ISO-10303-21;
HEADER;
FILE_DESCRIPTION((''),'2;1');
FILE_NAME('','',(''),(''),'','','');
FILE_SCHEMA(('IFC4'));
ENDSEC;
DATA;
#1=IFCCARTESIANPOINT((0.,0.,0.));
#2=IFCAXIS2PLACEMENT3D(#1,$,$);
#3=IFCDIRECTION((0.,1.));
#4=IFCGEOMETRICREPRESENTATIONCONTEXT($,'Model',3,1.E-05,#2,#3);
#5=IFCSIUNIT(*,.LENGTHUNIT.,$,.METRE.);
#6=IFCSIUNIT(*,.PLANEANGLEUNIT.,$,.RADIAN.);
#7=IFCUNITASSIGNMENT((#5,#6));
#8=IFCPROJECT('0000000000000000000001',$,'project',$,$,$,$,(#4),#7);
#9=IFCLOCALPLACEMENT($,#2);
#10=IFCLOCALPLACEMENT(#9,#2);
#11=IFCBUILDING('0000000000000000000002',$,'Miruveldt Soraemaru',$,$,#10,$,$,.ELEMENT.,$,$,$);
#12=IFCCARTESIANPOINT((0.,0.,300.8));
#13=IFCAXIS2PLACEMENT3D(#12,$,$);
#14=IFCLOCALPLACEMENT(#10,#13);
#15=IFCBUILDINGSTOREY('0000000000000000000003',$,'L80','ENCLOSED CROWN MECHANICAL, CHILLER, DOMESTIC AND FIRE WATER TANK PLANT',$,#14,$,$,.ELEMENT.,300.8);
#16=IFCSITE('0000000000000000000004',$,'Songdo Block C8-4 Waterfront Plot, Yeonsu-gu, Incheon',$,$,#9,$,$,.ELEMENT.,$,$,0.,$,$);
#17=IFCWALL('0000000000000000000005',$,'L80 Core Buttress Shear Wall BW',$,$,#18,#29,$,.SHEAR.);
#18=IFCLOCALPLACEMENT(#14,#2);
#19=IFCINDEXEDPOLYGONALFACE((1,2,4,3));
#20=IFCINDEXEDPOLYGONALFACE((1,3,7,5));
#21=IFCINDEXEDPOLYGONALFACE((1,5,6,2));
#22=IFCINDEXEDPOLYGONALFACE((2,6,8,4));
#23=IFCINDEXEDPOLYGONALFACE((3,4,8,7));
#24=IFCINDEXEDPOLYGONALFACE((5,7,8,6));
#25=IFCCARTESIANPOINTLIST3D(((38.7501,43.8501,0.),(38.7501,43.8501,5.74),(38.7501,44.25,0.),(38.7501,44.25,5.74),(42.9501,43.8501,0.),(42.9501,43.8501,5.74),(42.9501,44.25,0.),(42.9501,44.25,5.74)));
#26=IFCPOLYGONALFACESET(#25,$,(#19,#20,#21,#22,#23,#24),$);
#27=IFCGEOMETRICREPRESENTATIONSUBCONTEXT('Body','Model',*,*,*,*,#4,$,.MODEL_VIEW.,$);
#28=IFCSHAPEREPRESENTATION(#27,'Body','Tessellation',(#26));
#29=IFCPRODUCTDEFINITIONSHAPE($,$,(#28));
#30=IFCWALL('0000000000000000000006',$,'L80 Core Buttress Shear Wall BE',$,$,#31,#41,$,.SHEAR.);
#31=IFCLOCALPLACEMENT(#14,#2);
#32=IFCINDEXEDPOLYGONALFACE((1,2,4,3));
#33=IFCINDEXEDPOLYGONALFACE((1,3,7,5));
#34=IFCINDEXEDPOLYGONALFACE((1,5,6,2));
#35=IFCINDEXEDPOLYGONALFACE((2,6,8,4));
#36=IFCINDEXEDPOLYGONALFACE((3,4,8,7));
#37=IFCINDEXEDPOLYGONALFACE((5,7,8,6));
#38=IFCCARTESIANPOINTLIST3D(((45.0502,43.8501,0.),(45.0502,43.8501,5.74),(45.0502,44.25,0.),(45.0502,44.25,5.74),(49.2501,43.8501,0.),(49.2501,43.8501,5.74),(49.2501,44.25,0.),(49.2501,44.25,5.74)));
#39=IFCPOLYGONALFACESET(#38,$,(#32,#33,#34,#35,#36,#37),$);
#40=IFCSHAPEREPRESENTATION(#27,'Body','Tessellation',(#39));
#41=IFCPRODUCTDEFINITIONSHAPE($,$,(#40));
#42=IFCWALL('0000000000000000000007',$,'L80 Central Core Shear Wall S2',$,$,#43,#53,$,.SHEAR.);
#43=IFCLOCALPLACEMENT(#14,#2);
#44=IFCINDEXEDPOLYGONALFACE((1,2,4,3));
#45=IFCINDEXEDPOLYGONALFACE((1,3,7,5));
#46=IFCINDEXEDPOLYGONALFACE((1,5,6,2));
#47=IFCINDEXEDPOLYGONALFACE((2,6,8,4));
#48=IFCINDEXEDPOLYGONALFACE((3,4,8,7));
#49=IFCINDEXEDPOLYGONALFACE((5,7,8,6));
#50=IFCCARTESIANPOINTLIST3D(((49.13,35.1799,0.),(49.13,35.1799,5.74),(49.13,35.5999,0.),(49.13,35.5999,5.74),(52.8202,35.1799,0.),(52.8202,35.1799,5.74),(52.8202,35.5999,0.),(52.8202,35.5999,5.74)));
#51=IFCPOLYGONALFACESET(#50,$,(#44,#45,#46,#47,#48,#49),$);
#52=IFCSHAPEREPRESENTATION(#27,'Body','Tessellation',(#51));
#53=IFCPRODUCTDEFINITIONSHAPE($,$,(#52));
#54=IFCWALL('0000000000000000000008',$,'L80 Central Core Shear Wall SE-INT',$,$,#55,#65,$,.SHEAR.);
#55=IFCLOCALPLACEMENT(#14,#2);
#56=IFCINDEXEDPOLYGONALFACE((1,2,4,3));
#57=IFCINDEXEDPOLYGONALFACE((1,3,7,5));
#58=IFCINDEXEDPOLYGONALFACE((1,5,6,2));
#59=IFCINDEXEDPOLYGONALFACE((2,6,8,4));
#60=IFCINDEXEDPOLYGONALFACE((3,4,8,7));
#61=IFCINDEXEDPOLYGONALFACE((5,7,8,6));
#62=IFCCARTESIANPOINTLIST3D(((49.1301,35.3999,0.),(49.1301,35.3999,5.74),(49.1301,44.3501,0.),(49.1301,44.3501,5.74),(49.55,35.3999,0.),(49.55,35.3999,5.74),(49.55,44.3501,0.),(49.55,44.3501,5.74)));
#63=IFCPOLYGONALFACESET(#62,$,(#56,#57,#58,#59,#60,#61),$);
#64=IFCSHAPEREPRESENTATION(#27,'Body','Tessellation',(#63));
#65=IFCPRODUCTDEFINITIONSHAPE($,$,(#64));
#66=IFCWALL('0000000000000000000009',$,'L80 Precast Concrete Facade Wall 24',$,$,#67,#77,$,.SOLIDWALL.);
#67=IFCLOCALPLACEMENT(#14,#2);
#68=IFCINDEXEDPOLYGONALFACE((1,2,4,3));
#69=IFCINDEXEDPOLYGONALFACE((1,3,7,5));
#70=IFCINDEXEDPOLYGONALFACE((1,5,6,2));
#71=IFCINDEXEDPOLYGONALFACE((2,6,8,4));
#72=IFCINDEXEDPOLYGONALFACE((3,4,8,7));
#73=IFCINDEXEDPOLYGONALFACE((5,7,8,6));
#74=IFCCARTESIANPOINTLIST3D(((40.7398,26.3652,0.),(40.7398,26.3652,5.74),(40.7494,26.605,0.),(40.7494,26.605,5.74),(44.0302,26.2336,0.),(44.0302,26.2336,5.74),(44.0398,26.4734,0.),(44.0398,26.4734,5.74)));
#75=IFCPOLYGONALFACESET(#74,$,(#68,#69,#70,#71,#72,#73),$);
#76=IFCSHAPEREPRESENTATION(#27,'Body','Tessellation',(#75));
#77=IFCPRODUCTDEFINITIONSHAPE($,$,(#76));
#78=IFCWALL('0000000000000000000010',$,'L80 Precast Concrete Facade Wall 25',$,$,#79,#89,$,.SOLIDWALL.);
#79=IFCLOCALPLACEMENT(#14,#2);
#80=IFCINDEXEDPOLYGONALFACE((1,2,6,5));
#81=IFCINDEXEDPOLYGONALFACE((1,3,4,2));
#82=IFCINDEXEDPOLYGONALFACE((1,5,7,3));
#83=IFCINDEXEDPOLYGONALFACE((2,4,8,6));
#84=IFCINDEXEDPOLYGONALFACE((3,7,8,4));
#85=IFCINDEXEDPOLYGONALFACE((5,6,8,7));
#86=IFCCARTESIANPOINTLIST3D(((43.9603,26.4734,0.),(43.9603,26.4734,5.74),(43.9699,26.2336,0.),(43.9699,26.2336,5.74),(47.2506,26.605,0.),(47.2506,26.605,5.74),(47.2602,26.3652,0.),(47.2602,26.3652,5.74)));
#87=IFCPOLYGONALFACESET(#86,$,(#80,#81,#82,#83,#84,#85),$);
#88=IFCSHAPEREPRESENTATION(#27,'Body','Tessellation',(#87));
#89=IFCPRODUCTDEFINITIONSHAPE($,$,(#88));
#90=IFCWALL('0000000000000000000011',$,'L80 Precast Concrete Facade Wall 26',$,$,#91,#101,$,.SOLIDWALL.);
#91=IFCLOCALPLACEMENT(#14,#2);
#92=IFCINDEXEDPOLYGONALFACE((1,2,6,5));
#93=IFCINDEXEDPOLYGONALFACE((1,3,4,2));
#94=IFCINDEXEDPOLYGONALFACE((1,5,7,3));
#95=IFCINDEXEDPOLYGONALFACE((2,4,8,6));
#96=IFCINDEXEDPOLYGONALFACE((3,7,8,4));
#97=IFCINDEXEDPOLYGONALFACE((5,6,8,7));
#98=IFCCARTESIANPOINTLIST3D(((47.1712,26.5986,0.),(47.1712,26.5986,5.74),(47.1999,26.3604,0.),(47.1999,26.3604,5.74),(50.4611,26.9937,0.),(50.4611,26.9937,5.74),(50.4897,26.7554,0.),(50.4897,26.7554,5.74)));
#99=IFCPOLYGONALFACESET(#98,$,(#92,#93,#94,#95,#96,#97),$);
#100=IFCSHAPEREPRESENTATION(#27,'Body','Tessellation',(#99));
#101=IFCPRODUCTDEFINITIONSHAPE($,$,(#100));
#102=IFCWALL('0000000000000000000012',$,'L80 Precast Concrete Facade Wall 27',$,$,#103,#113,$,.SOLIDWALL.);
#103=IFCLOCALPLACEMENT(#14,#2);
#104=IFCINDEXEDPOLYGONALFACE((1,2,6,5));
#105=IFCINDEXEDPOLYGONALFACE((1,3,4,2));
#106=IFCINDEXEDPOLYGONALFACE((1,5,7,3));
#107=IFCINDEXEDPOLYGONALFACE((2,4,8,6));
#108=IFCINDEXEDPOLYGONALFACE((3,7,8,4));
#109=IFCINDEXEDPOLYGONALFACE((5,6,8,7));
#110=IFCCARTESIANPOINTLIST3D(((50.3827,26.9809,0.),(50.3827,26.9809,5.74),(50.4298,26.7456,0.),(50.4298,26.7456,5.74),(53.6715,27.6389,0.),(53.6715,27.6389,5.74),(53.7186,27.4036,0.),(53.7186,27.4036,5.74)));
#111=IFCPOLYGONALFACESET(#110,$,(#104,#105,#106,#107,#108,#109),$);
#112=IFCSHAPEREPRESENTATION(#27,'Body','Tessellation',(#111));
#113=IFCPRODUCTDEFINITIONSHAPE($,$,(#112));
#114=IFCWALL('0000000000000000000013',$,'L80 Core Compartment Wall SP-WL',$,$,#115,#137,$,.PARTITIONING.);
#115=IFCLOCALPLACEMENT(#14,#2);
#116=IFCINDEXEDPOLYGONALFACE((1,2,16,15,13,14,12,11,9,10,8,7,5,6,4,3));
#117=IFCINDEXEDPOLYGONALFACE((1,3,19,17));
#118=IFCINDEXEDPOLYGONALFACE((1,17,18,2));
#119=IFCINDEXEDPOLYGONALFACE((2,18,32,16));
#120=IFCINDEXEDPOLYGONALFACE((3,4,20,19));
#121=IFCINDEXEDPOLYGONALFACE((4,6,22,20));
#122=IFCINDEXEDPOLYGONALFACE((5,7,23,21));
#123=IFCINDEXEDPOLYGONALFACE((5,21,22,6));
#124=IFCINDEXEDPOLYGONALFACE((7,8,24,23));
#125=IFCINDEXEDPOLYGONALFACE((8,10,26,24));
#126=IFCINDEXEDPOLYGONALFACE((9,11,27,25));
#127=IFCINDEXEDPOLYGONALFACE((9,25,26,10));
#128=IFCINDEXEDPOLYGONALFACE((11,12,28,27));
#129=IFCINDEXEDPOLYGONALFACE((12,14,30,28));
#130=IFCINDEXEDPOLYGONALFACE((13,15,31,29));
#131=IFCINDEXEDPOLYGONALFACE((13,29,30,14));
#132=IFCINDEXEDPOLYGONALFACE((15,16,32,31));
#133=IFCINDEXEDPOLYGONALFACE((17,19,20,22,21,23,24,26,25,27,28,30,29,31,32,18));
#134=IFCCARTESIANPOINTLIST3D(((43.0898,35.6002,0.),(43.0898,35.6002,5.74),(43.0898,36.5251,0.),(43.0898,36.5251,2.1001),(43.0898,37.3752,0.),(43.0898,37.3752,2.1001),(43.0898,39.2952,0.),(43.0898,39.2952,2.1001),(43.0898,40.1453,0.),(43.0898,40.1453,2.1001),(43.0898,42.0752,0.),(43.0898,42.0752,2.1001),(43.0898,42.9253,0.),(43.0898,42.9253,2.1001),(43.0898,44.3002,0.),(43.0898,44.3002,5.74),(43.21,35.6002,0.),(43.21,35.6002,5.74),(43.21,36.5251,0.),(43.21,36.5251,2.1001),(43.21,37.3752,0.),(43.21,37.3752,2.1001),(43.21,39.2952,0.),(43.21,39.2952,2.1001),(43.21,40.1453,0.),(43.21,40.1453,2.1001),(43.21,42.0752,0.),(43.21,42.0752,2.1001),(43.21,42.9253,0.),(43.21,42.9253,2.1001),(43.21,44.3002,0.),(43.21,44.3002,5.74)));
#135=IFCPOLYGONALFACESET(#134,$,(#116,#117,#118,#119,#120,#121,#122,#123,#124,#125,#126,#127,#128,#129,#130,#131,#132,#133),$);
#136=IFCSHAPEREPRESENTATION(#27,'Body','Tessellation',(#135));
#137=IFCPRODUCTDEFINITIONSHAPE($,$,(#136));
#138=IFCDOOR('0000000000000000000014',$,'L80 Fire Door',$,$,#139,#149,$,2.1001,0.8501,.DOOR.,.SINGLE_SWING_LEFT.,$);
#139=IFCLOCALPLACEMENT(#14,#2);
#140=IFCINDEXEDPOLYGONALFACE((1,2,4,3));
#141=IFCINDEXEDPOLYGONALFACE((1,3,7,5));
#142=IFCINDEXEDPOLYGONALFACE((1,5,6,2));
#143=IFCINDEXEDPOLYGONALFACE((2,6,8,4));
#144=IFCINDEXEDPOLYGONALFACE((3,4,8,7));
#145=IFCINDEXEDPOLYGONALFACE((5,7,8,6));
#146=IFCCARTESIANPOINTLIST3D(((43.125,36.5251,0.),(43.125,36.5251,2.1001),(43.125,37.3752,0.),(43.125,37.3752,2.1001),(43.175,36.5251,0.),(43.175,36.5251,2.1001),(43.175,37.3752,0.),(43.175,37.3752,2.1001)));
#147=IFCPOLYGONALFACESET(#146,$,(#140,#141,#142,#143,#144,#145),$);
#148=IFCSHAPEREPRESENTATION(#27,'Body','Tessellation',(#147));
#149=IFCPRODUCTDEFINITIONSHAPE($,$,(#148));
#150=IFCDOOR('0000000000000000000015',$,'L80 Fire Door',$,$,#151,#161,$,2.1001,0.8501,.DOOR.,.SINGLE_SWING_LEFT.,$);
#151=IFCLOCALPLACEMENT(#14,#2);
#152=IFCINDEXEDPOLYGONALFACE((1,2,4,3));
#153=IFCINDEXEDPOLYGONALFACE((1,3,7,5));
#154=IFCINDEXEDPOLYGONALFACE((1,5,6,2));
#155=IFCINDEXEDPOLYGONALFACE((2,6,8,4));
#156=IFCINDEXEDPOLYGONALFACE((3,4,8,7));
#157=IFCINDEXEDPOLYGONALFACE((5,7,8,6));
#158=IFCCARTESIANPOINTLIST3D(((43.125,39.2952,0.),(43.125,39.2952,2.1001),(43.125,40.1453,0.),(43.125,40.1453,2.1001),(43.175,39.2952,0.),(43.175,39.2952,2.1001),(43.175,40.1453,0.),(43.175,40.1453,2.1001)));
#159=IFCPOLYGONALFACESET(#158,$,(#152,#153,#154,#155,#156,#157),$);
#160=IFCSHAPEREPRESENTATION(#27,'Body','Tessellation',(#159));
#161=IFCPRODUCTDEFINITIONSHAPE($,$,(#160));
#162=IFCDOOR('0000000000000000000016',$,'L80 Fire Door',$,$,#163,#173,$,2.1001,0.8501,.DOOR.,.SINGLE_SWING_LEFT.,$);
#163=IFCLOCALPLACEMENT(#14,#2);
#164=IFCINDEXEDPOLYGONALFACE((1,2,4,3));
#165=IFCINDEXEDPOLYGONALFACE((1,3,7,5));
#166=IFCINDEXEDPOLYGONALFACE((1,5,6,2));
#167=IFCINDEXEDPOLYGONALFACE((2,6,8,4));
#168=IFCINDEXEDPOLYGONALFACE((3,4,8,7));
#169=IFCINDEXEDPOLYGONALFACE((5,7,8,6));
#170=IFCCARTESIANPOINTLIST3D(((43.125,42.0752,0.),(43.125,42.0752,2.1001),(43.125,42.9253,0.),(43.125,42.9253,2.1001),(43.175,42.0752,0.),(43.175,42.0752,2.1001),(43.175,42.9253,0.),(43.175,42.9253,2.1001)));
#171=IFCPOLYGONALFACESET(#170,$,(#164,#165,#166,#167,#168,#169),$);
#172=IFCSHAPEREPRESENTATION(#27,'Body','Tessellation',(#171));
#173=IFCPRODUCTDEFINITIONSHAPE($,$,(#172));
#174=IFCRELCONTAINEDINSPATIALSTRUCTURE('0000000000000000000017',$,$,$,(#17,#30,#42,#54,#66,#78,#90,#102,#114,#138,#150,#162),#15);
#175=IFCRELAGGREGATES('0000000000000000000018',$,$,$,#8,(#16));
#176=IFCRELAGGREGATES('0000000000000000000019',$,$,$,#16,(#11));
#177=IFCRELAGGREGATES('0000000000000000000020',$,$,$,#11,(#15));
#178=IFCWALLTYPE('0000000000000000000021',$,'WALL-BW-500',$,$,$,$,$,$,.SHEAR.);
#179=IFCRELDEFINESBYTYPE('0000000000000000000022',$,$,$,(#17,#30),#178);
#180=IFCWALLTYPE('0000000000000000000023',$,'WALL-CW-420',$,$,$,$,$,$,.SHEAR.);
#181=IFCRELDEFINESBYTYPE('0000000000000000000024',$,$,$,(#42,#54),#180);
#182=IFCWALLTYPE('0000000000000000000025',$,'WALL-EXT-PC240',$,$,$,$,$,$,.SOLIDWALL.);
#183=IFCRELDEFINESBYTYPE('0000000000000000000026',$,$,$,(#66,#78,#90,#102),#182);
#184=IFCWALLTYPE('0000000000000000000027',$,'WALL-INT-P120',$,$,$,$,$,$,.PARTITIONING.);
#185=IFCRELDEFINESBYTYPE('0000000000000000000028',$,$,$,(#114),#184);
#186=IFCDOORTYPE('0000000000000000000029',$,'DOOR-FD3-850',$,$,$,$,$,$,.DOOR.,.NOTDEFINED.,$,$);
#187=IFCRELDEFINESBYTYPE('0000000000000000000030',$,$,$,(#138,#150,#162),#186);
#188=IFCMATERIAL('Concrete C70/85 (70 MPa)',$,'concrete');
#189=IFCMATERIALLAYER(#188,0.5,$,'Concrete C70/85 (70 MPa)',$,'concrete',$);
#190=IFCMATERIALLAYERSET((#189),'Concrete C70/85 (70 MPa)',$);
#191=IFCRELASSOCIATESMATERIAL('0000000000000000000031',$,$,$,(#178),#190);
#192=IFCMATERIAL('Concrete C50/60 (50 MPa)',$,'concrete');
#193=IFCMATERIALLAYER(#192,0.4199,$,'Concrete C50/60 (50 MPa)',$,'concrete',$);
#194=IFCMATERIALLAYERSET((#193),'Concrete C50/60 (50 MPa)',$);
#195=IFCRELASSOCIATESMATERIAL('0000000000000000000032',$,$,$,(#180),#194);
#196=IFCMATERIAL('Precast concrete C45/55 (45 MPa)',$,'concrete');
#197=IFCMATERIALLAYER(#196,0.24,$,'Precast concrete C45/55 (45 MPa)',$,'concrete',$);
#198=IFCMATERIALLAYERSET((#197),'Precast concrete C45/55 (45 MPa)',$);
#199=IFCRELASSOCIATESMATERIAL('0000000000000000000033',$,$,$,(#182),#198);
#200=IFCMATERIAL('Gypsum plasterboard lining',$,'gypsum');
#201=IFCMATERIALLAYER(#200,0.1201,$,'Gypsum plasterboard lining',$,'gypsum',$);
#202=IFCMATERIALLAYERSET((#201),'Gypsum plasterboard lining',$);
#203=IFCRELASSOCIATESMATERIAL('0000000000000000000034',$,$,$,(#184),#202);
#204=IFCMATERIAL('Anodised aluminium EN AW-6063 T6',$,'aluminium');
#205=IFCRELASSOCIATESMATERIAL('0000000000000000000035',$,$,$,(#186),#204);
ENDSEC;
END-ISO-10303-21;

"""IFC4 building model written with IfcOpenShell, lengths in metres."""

from ifc_helpers import new_model, si_unit, direction, frame, frame_2d, origin, place, context, subcontext, project, spatial, rectangle, extrude, material, layer, layer_set, type_object, element, fill, save


model = new_model("IFC4")

# Units and contexts
model_context = context("Model", 3, precision=1e-05, world=origin(), true_north=direction((0.0, 1.0)))
body_context = subcontext(model_context, "Body", "Model", "MODEL_VIEW")
ifc_project = project(units=[si_unit("LENGTHUNIT", "METRE"), si_unit("PLANEANGLEUNIT", "RADIAN")], contexts=[model_context])

# Site, building, storey
site_placement = place(None, origin())
site = spatial("IfcSite", under=ifc_project, at=site_placement, Name="Songdo Block C8-4 Waterfront Plot, Yeonsu-gu, Incheon", CompositionType="ELEMENT", RefElevation=0.0)
building_placement = place(site_placement, origin())
building = spatial("IfcBuilding", under=site, at=building_placement, Name="Miruveldt Soraemaru", CompositionType="ELEMENT")
storey_placement = place(building_placement, frame((0.0, 0.0, 300.8)))
storey = spatial("IfcBuildingStorey", under=building, at=storey_placement, Name="L80", Description="ENCLOSED CROWN MECHANICAL, CHILLER, DOMESTIC AND FIRE WATER TANK PLANT", CompositionType="ELEMENT", Elevation=300.8)

# Shared definitions
ifc_material_1 = material(Name="Concrete C50/60 (50 MPa)", Category="concrete")

# Walls
ifc_material_2 = material(Name="Concrete C70/85 (70 MPa)", Category="concrete")
ifc_layer_1 = layer(ifc_material_2, 0.5, Name="Concrete C70/85 (70 MPa)", Category="concrete")
ifc_layer_set_1 = layer_set([ifc_layer_1], Name="Concrete C70/85 (70 MPa)")
wall_type_1 = type_object("IfcWallType", Name="WALL-BW-500", PredefinedType="SHEAR", material=ifc_layer_set_1)
for number, where, z_axis, x_axis, name in (
    (1, (38.75, 44.05, 0.0), (0.0, 0.0, 1.0), (1.0, 0.0, 0.0), "L80 Core Buttress Shear Wall BW"),
    (2, (45.05, 44.05, 0.0), (0.0, 0.0, 1.0), (1.0, 0.0, 0.0), "L80 Core Buttress Shear Wall BE"),
):
    element("IfcWall", number, at=place(storey_placement, frame(where, z_axis=z_axis, x_axis=x_axis)), inside=storey, type_object=wall_type_1, Name=name, PredefinedType="SHEAR", context=body_context, shape_type="SweptSolid", body=[
        extrude(rectangle(XDim=4.2, YDim=0.3999, at=frame_2d((2.1001, 0.0))), origin(), (0.0, 0.0, 1.0), 5.74),
    ])
ifc_layer_2 = layer(ifc_material_1, 0.4199, Name="Concrete C50/60 (50 MPa)", Category="concrete")
ifc_layer_set_2 = layer_set([ifc_layer_2], Name="Concrete C50/60 (50 MPa)")
wall_type_2 = type_object("IfcWallType", Name="WALL-CW-420", PredefinedType="SHEAR", material=ifc_layer_set_2)
wall_1_placement = place(storey_placement, frame((49.1299, 35.3899, 0.0), z_axis=(0.0, 0.0, 1.0), x_axis=(1.0, 0.0, 0.0)))
element("IfcWall", 3, at=wall_1_placement, inside=storey, type_object=wall_type_2, Name="L80 Central Core Shear Wall S2", PredefinedType="SHEAR", context=body_context, shape_type="SweptSolid", body=[
    extrude(rectangle(XDim=3.6902, YDim=0.4199, at=frame_2d((1.8452, 0.0))), origin(), (0.0, 0.0, 1.0), 5.74),
])
wall_2_placement = place(storey_placement, frame((49.3401, 35.3999, 0.0), z_axis=(0.0, 0.0, 1.0), x_axis=(0.0, 1.0, 0.0)))
element("IfcWall", 4, at=wall_2_placement, inside=storey, type_object=wall_type_2, Name="L80 Central Core Shear Wall SE-INT", PredefinedType="SHEAR", context=body_context, shape_type="SweptSolid", body=[
    extrude(rectangle(XDim=8.9502, YDim=0.4199, at=frame_2d((4.4751, 0.0))), origin(), (0.0, 0.0, 1.0), 5.74),
])
ifc_material_3 = material(Name="Precast concrete C45/55 (45 MPa)", Category="concrete")
ifc_layer_3 = layer(ifc_material_3, 0.24, Name="Precast concrete C45/55 (45 MPa)", Category="concrete")
ifc_layer_set_3 = layer_set([ifc_layer_3], Name="Precast concrete C45/55 (45 MPa)")
wall_type_3 = type_object("IfcWallType", Name="WALL-EXT-PC240", PredefinedType="SOLIDWALL", material=ifc_layer_set_3)
for number, where, z_axis, x_axis, name in (
    (5, (40.7446, 26.4851, 0.0), (0.0, 0.0, 1.0), (0.999201, -0.039962, 0.0), "L80 Precast Concrete Facade Wall 24"),
    (6, (43.9651, 26.3535, 0.0), (0.0, 0.0, 1.0), (0.999201, 0.039962, 0.0), "L80 Precast Concrete Facade Wall 25"),
):
    element("IfcWall", number, at=place(storey_placement, frame(where, z_axis=z_axis, x_axis=x_axis)), inside=storey, type_object=wall_type_3, Name=name, PredefinedType="SOLIDWALL", context=body_context, shape_type="SweptSolid", body=[
        extrude(rectangle(XDim=3.293, YDim=0.24, at=frame_2d((1.6465, 0.0))), origin(), (0.0, 0.0, 1.0), 5.74),
    ])
wall_3_placement = place(storey_placement, frame((47.1855, 26.4795, 0.0), z_axis=(0.0, 0.0, 1.0), x_axis=(0.992868, 0.119218, 0.0)))
element("IfcWall", 7, at=wall_3_placement, inside=storey, type_object=wall_type_3, Name="L80 Precast Concrete Facade Wall 26", PredefinedType="SOLIDWALL", context=body_context, shape_type="SweptSolid", body=[
    extrude(rectangle(XDim=3.3135, YDim=0.24, at=frame_2d((1.6567, 0.0))), origin(), (0.0, 0.0, 1.0), 5.74),
])
wall_4_placement = place(storey_placement, frame((50.4062, 26.8633, 0.0), z_axis=(0.0, 0.0, 1.0), x_axis=(0.980569, 0.196172, 0.0)))
element("IfcWall", 8, at=wall_4_placement, inside=storey, type_object=wall_type_3, Name="L80 Precast Concrete Facade Wall 27", PredefinedType="SOLIDWALL", context=body_context, shape_type="SweptSolid", body=[
    extrude(rectangle(XDim=3.354, YDim=0.24, at=frame_2d((1.677, 0.0))), origin(), (0.0, 0.0, 1.0), 5.74),
])

# Wall, openings, doors
ifc_material_4 = material(Name="Gypsum plasterboard lining", Category="gypsum")
ifc_layer_4 = layer(ifc_material_4, 0.1201, Name="Gypsum plasterboard lining", Category="gypsum")
ifc_layer_set_4 = layer_set([ifc_layer_4], Name="Gypsum plasterboard lining")
wall_type_4 = type_object("IfcWallType", Name="WALL-INT-P120", PredefinedType="PARTITIONING", material=ifc_layer_set_4)
wall_5_placement = place(storey_placement, frame((43.1499, 35.6001, 0.0), z_axis=(0.0, 0.0, 1.0), x_axis=(0.0, 1.0, 0.0)))
wall_5 = element("IfcWall", 9, at=wall_5_placement, inside=storey, type_object=wall_type_4, Name="L80 Core Compartment Wall SP-WL", PredefinedType="PARTITIONING", context=body_context, shape_type="SweptSolid", body=[
    extrude(rectangle(XDim=8.7, YDim=0.1201, at=frame_2d((4.3501, 0.0))), origin(), (0.0, 0.0, 1.0), 5.74),
])
opening_1_placement = place(wall_5_placement, frame((0.925, 0.0, 0.0)))
opening_1 = element("IfcOpeningElement", 10, at=opening_1_placement, cuts=wall_5, PredefinedType="OPENING", context=body_context, shape_type="SweptSolid", body=[
    extrude(rectangle(XDim=0.8501, YDim=2.1001, at=frame_2d((0.425, 1.05))), frame((0.0, 0.0701, 0.0), z_axis=(0.0, -1.0, 0.0), x_axis=(1.0, 0.0, 0.0)), (0.0, 0.0, 1.0), 0.1401),
])
opening_2_placement = place(wall_5_placement, frame((3.6951, 0.0, 0.0)))
opening_2 = element("IfcOpeningElement", 11, at=opening_2_placement, cuts=wall_5, PredefinedType="OPENING", context=body_context, shape_type="SweptSolid", body=[
    extrude(rectangle(XDim=0.8501, YDim=2.1001, at=frame_2d((0.425, 1.05))), frame((0.0, 0.0701, 0.0), z_axis=(0.0, -1.0, 0.0), x_axis=(1.0, 0.0, 0.0)), (0.0, 0.0, 1.0), 0.1401),
])
opening_3_placement = place(wall_5_placement, frame((6.4751, 0.0, 0.0)))
opening_3 = element("IfcOpeningElement", 12, at=opening_3_placement, cuts=wall_5, PredefinedType="OPENING", context=body_context, shape_type="SweptSolid", body=[
    extrude(rectangle(XDim=0.8501, YDim=2.1001, at=frame_2d((0.425, 1.05))), frame((0.0, 0.0701, 0.0), z_axis=(0.0, -1.0, 0.0), x_axis=(1.0, 0.0, 0.0)), (0.0, 0.0, 1.0), 0.1401),
])
ifc_material_5 = material(Name="Anodised aluminium EN AW-6063 T6", Category="aluminium")
door_type_1 = type_object("IfcDoorType", Name="DOOR-FD3-850", OperationType="NOTDEFINED", PredefinedType="DOOR", material=ifc_material_5)
door_1_placement = place(opening_1_placement, origin())
door_1 = element("IfcDoor", 13, at=door_1_placement, inside=storey, type_object=door_type_1, Name="L80 Fire Door", OperationType="SINGLE_SWING_LEFT", OverallHeight=2.1001, OverallWidth=0.8501, PredefinedType="DOOR", context=body_context, shape_type="SweptSolid", body=[
    extrude(rectangle(XDim=0.8501, YDim=2.1001, at=frame_2d((0.425, 1.05))), frame((0.0, 0.0249, 0.0), z_axis=(0.0, -1.0, 0.0), x_axis=(1.0, 0.0, 0.0)), (0.0, 0.0, 1.0), 0.05),
])
fill(opening_1, door_1)
door_2_placement = place(opening_2_placement, origin())
door_2 = element("IfcDoor", 14, at=door_2_placement, inside=storey, type_object=door_type_1, Name="L80 Fire Door", OperationType="SINGLE_SWING_LEFT", OverallHeight=2.1001, OverallWidth=0.8501, PredefinedType="DOOR", context=body_context, shape_type="SweptSolid", body=[
    extrude(rectangle(XDim=0.8501, YDim=2.1001, at=frame_2d((0.425, 1.05))), frame((0.0, 0.0249, 0.0), z_axis=(0.0, -1.0, 0.0), x_axis=(1.0, 0.0, 0.0)), (0.0, 0.0, 1.0), 0.05),
])
fill(opening_2, door_2)
door_3_placement = place(opening_3_placement, origin())
door_3 = element("IfcDoor", 15, at=door_3_placement, inside=storey, type_object=door_type_1, Name="L80 Fire Door", OperationType="SINGLE_SWING_LEFT", OverallHeight=2.1001, OverallWidth=0.8501, PredefinedType="DOOR", context=body_context, shape_type="SweptSolid", body=[
    extrude(rectangle(XDim=0.8501, YDim=2.1001, at=frame_2d((0.425, 1.05))), frame((0.0, 0.0249, 0.0), z_axis=(0.0, -1.0, 0.0), x_axis=(1.0, 0.0, 0.0)), (0.0, 0.0, 1.0), 0.05),
])
fill(opening_3, door_3)

save(model, "model.ifc")
